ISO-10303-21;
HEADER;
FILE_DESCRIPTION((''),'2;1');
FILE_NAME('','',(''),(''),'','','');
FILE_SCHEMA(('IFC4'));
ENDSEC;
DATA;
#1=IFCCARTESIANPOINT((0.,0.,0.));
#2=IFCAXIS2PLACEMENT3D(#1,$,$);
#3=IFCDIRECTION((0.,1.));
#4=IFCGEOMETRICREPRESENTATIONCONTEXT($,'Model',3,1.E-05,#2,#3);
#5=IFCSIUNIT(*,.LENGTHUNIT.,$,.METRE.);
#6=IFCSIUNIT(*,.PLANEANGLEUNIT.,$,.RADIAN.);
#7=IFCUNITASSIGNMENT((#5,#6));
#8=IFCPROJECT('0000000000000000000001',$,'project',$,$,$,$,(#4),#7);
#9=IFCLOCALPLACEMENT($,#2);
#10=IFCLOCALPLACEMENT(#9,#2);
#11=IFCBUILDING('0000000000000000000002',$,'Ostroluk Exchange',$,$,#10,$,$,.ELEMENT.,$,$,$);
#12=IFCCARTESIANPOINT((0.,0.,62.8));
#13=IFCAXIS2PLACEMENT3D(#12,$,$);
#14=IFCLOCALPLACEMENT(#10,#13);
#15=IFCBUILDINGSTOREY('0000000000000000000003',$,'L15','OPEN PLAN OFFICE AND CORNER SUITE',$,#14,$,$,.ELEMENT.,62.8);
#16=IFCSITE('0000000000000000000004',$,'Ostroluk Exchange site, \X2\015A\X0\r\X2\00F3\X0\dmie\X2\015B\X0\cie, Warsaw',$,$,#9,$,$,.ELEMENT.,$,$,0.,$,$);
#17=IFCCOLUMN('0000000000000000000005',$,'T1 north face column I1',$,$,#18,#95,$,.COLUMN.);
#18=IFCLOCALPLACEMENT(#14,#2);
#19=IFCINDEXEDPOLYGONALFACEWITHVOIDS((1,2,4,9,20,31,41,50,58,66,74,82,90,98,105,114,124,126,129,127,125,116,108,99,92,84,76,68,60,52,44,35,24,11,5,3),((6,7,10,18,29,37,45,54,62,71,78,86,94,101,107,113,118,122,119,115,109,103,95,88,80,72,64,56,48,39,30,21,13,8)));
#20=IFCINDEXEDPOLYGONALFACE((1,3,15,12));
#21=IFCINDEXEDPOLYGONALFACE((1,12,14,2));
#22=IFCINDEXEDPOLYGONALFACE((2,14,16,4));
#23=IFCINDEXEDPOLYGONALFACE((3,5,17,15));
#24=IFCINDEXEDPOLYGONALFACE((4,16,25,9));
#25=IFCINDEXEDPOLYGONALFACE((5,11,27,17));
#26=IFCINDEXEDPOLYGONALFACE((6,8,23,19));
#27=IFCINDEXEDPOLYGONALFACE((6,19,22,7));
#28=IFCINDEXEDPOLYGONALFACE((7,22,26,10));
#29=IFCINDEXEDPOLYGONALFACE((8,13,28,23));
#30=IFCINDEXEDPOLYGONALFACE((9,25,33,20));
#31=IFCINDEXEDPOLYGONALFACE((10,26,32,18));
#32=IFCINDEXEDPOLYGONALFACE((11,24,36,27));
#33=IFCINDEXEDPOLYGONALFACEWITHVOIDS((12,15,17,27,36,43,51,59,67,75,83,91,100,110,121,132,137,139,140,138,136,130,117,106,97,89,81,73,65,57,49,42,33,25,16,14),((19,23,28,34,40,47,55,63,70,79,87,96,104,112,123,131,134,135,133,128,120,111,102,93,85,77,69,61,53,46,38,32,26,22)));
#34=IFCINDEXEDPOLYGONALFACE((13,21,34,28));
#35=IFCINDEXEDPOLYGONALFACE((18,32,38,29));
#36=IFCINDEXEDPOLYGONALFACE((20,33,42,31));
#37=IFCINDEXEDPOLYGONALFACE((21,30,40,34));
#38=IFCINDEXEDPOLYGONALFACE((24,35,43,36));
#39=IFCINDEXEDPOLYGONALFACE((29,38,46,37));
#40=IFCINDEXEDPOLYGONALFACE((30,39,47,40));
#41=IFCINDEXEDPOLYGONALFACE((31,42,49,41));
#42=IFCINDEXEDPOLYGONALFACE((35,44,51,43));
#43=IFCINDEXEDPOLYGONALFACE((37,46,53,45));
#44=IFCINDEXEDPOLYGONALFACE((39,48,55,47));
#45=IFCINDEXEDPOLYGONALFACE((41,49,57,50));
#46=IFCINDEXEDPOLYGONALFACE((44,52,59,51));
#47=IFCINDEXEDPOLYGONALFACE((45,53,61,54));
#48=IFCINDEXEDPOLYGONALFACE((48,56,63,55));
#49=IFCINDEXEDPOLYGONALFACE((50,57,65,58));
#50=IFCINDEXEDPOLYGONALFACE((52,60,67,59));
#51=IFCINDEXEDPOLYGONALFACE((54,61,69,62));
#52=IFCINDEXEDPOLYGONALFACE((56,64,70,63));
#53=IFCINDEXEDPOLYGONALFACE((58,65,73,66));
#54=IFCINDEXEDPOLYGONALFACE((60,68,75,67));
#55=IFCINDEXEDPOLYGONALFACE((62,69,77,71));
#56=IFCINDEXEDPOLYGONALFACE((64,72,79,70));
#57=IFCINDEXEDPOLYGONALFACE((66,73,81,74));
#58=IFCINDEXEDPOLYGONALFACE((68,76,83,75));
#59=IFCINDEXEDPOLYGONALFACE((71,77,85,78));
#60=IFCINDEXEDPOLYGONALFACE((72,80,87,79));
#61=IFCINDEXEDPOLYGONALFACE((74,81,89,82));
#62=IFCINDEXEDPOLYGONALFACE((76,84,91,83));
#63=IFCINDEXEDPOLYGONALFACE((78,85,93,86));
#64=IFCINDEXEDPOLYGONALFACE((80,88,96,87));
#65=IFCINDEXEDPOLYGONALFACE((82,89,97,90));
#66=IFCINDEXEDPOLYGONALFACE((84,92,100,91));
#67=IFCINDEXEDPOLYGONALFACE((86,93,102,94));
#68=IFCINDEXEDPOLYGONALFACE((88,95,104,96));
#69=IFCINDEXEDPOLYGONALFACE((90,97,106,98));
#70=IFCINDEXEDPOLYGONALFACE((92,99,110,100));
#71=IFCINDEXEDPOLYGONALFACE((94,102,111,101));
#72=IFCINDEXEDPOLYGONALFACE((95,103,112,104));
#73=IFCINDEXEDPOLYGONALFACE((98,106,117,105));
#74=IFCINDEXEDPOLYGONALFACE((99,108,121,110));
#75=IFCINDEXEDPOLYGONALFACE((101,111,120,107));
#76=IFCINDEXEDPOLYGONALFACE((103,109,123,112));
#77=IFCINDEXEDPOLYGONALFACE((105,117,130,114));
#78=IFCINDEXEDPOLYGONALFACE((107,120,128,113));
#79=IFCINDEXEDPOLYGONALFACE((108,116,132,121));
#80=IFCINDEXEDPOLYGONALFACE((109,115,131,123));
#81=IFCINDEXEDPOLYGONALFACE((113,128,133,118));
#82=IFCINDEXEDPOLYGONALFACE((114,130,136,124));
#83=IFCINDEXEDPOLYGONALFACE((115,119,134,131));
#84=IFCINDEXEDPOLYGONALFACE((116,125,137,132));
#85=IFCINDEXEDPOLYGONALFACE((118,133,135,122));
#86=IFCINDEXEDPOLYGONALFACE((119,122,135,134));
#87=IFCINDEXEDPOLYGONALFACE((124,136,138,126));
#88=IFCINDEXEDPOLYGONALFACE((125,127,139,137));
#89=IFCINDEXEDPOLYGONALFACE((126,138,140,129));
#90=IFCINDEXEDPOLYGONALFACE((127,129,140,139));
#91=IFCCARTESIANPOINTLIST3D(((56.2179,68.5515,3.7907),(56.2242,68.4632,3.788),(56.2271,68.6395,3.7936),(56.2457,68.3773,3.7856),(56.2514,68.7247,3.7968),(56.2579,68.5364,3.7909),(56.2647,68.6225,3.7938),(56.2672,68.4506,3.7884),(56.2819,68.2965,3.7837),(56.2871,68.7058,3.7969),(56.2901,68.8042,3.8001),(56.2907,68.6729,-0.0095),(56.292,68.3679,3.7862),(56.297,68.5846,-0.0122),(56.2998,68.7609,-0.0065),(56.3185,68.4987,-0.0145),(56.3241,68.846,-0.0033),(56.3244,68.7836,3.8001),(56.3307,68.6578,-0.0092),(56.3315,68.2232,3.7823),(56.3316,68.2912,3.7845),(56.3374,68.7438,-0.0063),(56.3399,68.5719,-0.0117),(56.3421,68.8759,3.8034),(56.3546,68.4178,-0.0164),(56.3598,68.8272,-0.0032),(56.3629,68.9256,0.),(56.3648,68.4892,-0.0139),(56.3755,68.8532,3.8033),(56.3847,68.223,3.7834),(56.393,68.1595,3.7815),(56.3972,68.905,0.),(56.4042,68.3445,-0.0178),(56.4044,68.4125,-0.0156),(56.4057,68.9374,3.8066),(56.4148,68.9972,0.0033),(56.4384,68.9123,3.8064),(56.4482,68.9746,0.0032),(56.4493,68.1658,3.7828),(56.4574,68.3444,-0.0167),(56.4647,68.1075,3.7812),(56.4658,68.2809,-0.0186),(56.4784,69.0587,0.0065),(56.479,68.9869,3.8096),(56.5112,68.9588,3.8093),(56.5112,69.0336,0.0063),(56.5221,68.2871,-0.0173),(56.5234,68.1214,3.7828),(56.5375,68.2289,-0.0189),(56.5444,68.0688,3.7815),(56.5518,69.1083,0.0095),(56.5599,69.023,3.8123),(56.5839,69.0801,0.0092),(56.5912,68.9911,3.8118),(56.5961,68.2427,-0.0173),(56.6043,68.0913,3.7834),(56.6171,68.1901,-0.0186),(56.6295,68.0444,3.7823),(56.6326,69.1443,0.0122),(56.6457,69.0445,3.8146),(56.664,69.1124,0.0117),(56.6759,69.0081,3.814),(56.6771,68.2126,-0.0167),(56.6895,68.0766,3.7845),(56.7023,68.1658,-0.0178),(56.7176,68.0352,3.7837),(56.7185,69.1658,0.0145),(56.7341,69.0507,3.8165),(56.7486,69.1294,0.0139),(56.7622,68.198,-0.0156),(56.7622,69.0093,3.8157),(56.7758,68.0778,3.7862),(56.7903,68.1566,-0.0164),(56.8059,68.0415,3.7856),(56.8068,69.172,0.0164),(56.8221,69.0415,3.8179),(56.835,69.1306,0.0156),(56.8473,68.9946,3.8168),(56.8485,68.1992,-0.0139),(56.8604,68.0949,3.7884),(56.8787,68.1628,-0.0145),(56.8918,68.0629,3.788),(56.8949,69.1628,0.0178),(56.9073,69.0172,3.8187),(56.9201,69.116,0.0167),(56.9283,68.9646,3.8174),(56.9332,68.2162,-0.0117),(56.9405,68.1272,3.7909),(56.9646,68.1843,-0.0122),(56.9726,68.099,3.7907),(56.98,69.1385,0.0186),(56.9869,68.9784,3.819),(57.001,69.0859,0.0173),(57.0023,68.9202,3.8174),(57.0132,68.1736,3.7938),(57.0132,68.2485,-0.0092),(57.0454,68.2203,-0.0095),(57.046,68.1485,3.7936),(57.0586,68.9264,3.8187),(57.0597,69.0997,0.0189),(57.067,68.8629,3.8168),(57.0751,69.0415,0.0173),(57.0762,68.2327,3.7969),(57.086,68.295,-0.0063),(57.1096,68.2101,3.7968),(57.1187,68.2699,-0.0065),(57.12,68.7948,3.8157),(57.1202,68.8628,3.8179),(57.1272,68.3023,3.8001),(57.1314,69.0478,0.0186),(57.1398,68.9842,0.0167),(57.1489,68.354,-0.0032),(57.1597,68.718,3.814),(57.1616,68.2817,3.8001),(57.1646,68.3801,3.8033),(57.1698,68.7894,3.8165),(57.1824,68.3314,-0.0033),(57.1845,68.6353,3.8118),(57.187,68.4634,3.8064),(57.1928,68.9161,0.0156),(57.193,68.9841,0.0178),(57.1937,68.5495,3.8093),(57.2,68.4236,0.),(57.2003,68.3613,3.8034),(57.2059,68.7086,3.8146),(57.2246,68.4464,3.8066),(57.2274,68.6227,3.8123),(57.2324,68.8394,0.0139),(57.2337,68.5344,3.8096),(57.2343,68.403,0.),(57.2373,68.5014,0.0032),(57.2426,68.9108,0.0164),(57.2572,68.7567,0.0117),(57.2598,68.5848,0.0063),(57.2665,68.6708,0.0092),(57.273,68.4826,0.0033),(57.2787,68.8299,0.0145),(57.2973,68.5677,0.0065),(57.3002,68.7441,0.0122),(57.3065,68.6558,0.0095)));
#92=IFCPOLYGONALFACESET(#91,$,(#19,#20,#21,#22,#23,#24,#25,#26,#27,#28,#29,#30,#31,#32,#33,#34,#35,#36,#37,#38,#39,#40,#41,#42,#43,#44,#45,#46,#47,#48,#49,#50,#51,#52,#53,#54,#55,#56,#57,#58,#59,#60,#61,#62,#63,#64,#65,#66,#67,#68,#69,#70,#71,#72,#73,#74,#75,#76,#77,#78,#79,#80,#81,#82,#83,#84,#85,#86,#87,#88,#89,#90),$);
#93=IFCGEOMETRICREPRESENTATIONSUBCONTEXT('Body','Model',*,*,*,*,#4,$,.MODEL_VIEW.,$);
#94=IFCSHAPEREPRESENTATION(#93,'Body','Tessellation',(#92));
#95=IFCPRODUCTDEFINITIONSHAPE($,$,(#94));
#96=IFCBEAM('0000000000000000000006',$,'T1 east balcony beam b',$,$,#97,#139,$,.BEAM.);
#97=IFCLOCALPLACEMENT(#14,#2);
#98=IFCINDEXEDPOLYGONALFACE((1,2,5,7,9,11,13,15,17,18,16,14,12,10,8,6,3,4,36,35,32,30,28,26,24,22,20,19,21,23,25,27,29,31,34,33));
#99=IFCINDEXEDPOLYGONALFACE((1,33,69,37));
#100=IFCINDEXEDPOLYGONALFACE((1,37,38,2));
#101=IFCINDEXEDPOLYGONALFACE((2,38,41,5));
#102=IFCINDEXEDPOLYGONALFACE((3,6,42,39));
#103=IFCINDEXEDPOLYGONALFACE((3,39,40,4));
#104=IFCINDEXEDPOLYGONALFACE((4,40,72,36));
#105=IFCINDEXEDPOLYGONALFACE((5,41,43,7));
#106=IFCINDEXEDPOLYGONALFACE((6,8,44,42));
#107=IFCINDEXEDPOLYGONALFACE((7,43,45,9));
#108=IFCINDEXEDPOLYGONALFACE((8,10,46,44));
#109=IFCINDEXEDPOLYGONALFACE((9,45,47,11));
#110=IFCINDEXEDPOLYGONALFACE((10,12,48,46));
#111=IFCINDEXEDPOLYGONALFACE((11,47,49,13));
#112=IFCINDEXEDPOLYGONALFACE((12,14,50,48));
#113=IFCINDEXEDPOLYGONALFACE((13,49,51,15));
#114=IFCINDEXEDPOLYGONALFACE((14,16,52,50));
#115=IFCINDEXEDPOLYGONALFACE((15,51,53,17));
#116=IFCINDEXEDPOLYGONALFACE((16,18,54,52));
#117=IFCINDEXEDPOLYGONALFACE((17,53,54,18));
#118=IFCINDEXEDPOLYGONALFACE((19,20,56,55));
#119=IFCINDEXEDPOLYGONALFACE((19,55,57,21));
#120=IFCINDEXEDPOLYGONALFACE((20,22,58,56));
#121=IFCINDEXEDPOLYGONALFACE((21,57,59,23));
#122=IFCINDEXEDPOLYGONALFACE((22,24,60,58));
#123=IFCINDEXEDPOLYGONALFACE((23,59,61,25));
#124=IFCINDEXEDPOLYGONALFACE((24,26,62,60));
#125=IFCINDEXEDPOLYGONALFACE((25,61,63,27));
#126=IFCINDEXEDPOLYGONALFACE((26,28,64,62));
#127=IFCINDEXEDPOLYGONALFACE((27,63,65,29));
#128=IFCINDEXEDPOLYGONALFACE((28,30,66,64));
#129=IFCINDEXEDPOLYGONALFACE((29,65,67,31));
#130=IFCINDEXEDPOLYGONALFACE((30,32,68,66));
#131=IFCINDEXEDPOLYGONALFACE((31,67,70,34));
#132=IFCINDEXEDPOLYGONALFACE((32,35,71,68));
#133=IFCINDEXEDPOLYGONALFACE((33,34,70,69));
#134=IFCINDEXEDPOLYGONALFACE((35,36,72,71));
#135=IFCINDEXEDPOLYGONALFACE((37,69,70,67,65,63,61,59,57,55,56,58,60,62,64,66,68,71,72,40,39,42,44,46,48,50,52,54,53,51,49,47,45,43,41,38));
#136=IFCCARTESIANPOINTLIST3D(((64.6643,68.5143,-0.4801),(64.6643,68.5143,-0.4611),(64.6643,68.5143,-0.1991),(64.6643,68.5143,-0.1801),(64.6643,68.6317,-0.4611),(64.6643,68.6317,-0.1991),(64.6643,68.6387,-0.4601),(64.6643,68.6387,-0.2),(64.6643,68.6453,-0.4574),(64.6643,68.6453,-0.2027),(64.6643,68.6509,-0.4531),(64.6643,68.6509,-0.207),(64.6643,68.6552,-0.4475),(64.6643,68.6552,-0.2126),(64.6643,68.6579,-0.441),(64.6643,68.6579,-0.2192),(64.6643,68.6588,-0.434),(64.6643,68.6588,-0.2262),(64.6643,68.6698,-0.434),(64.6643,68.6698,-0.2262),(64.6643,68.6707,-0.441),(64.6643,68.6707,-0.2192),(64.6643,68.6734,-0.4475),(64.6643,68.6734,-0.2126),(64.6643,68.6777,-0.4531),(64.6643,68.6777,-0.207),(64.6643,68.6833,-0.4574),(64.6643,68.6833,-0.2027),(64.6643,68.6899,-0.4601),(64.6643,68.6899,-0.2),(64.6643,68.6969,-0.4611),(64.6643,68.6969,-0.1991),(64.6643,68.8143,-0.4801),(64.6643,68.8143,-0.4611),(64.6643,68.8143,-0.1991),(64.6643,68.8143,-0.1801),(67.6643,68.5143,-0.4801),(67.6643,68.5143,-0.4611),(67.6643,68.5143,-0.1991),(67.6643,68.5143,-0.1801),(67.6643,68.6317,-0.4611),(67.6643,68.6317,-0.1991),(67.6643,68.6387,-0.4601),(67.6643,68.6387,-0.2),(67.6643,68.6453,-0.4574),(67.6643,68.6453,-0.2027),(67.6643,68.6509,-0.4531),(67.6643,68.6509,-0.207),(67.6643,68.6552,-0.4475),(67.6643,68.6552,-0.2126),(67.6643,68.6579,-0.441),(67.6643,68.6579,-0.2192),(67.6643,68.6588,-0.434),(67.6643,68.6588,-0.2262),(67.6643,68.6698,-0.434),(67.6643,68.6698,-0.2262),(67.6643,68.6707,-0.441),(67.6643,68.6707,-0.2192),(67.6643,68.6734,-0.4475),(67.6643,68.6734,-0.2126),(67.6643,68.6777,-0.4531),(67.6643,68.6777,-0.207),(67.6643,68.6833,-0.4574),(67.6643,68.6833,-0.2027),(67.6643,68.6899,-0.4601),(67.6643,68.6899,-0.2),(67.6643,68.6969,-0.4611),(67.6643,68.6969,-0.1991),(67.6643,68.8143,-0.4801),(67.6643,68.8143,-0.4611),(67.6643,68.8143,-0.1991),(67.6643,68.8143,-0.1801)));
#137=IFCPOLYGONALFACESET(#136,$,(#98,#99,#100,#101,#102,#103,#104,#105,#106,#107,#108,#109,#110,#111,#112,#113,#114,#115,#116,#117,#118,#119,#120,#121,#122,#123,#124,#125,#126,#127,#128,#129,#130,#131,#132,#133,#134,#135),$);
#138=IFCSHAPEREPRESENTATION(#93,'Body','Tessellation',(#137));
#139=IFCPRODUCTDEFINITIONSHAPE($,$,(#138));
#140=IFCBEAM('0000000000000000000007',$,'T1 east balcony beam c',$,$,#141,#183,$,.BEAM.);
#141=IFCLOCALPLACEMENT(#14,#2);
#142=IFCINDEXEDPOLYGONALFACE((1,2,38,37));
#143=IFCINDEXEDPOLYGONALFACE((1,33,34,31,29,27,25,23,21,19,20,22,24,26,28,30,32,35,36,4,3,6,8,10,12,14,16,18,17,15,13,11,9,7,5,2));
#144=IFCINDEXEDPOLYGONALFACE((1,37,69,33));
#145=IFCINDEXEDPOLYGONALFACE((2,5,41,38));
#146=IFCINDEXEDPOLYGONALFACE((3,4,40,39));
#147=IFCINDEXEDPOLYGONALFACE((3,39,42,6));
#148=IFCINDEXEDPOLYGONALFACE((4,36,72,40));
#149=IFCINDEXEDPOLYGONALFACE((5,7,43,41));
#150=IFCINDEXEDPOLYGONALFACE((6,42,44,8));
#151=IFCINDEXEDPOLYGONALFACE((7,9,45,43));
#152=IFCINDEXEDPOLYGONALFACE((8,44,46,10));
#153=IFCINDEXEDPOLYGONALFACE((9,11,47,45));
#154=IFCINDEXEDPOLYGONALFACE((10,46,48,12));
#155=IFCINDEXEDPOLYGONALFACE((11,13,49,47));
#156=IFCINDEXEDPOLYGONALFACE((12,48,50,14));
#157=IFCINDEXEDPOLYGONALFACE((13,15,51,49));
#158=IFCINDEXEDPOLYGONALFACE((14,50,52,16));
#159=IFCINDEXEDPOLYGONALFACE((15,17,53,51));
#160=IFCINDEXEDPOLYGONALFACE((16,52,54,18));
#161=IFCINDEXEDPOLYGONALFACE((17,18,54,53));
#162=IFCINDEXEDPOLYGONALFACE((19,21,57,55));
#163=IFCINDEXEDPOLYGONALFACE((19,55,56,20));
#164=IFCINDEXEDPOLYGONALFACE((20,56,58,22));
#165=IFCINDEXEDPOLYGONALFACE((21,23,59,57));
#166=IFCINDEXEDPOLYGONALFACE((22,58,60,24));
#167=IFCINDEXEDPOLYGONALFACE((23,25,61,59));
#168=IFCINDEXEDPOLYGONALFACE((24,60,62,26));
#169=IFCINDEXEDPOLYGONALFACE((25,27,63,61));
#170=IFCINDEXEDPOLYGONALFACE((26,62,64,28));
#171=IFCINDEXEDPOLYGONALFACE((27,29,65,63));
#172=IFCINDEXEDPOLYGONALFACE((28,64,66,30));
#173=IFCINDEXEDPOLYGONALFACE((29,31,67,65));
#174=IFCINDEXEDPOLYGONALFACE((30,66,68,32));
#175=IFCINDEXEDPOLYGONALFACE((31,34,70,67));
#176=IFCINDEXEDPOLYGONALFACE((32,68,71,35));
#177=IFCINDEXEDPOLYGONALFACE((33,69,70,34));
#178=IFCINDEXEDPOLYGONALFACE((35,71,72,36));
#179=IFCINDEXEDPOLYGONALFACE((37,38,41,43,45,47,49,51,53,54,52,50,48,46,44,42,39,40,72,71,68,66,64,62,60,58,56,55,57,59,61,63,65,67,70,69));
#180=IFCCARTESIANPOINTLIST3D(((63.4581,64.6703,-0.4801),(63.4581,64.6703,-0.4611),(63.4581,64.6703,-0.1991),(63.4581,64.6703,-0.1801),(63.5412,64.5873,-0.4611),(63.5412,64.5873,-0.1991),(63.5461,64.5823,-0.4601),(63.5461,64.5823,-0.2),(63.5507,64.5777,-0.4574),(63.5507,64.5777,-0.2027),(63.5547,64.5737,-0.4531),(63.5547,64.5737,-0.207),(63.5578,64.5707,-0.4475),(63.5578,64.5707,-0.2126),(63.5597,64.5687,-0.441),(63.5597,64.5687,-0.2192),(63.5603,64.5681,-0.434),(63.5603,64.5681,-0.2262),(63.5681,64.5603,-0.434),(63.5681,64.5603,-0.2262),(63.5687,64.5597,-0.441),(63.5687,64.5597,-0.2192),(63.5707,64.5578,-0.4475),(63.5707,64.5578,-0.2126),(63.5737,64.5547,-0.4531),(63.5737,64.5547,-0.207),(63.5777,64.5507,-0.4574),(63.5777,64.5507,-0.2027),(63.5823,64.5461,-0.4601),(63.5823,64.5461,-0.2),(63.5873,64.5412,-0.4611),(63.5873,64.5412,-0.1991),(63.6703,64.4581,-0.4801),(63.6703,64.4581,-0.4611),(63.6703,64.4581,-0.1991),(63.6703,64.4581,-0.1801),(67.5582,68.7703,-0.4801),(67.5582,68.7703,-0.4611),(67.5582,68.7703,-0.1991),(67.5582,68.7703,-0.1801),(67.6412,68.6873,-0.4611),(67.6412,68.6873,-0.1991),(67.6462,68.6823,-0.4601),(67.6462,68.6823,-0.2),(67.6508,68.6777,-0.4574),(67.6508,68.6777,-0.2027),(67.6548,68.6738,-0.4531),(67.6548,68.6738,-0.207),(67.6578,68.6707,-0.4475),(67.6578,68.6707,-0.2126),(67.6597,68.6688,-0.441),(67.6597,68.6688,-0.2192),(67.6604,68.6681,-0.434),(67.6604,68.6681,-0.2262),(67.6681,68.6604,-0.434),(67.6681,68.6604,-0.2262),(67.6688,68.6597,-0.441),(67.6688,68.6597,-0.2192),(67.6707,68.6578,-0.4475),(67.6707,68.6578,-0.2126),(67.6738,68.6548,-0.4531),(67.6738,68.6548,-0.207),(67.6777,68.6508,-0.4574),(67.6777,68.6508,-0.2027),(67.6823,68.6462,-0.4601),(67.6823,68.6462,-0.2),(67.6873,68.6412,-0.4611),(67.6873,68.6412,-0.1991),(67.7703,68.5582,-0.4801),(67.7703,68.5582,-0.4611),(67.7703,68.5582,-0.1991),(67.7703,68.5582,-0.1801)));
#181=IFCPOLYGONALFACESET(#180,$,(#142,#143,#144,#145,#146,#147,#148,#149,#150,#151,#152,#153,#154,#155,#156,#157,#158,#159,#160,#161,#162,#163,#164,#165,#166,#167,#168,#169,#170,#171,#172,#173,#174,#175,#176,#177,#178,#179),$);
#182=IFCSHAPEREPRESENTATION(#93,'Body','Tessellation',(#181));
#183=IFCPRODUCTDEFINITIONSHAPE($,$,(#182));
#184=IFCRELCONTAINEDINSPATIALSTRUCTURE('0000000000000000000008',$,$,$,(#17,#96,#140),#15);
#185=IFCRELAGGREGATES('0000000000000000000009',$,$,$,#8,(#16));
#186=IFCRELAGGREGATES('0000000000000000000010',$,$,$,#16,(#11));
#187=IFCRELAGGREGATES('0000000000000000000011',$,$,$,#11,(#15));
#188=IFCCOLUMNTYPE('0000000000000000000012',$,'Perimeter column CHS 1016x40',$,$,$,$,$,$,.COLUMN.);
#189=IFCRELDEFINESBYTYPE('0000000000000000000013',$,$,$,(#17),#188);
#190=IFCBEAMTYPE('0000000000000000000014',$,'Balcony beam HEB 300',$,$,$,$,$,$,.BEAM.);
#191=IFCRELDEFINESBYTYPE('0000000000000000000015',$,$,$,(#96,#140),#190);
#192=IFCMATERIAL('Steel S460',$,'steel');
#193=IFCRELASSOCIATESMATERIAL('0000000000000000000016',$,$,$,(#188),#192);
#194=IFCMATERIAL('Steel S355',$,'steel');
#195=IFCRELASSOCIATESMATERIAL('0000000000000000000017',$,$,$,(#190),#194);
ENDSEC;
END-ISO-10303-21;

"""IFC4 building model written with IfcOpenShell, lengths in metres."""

from ifc_helpers import new_model, si_unit, direction, frame, origin, origin_2d, place, context, subcontext, project, spatial, hollow_circle, i_section, extrude, material, material_profile, profile_set, type_object, element, save


model = new_model("IFC4")

# Units and contexts
model_context = context("Model", 3, precision=1e-05, world=origin(), true_north=direction((0.0, 1.0)))
body_context = subcontext(model_context, "Body", "Model", "MODEL_VIEW")
ifc_project = project(units=[si_unit("LENGTHUNIT", "METRE"), si_unit("PLANEANGLEUNIT", "RADIAN")], contexts=[model_context])

# Site, building, storey
site_placement = place(None, origin())
site = spatial("IfcSite", under=ifc_project, at=site_placement, Name="Ostroluk Exchange site, Śródmieście, Warsaw", CompositionType="ELEMENT", RefElevation=0.0)
building_placement = place(site_placement, origin())
building = spatial("IfcBuilding", under=site, at=building_placement, Name="Ostroluk Exchange", CompositionType="ELEMENT")
storey_placement = place(building_placement, frame((0.0, 0.0, 62.8)))
storey = spatial("IfcBuildingStorey", under=building, at=storey_placement, Name="L15", Description="OPEN PLAN OFFICE AND CORNER SUITE", CompositionType="ELEMENT", Elevation=62.8)

# Column
ifc_material_1 = material(Name="Steel S460", Category="steel")
ifc_material_profile_1 = material_profile(ifc_material_1, hollow_circle(Radius=0.5081, WallThickness=0.04, at=origin_2d()), Name="CHS 1016x40")
ifc_profile_set_1 = profile_set([ifc_material_profile_1], Name="Steel S460")
column_type_1 = type_object("IfcColumnType", Name="Perimeter column CHS 1016x40", PredefinedType="COLUMN", material=ifc_profile_set_1)
column_1_placement = place(storey_placement, frame((56.7986, 68.6643, 0.0), z_axis=(-0.019132, -0.031909, 0.999308), x_axis=(0.857645, -0.514242, 0.0)))
element("IfcColumn", 1, at=column_1_placement, inside=storey, type_object=column_type_1, Name="T1 north face column I1", PredefinedType="COLUMN", context=body_context, shape_type="SweptSolid", body=[
    extrude(hollow_circle(Radius=0.5081, WallThickness=0.04, at=origin_2d()), origin(), (0.0, 0.0, 1.0), 3.8027),
])

# Beams
ifc_material_2 = material(Name="Steel S355", Category="steel")
ifc_material_profile_2 = material_profile(ifc_material_2, i_section(OverallWidth=0.3, OverallDepth=0.3, WebThickness=0.011, FlangeThickness=0.019, FilletRadius=0.0271, at=origin_2d()), Name="HEB 300")
ifc_profile_set_2 = profile_set([ifc_material_profile_2], Name="Steel S355")
beam_type_1 = type_object("IfcBeamType", Name="Balcony beam HEB 300", PredefinedType="BEAM", material=ifc_profile_set_2)
beam_1_placement = place(storey_placement, frame((64.6643, 68.6643, -0.3301), z_axis=(1.0, 0.0, 0.0), x_axis=(0.0, 1.0, 0.0)))
element("IfcBeam", 2, at=beam_1_placement, inside=storey, type_object=beam_type_1, Name="T1 east balcony beam b", PredefinedType="BEAM", context=body_context, shape_type="SweptSolid", body=[
    extrude(i_section(OverallWidth=0.3, OverallDepth=0.3, WebThickness=0.011, FlangeThickness=0.019, FilletRadius=0.0271, at=origin_2d()), origin(), (0.0, 0.0, 1.0), 3.0),
])
beam_2_placement = place(storey_placement, frame((63.5642, 64.5642, -0.3301), z_axis=(0.707107, 0.707107, 0.0), x_axis=(-0.707107, 0.707107, 0.0)))
element("IfcBeam", 3, at=beam_2_placement, inside=storey, type_object=beam_type_1, Name="T1 east balcony beam c", PredefinedType="BEAM", context=body_context, shape_type="SweptSolid", body=[
    extrude(i_section(OverallWidth=0.3, OverallDepth=0.3, WebThickness=0.011, FlangeThickness=0.019, FilletRadius=0.0271, at=origin_2d()), origin(), (0.0, 0.0, 1.0), 5.7983),
])

save(model, "model.ifc")
